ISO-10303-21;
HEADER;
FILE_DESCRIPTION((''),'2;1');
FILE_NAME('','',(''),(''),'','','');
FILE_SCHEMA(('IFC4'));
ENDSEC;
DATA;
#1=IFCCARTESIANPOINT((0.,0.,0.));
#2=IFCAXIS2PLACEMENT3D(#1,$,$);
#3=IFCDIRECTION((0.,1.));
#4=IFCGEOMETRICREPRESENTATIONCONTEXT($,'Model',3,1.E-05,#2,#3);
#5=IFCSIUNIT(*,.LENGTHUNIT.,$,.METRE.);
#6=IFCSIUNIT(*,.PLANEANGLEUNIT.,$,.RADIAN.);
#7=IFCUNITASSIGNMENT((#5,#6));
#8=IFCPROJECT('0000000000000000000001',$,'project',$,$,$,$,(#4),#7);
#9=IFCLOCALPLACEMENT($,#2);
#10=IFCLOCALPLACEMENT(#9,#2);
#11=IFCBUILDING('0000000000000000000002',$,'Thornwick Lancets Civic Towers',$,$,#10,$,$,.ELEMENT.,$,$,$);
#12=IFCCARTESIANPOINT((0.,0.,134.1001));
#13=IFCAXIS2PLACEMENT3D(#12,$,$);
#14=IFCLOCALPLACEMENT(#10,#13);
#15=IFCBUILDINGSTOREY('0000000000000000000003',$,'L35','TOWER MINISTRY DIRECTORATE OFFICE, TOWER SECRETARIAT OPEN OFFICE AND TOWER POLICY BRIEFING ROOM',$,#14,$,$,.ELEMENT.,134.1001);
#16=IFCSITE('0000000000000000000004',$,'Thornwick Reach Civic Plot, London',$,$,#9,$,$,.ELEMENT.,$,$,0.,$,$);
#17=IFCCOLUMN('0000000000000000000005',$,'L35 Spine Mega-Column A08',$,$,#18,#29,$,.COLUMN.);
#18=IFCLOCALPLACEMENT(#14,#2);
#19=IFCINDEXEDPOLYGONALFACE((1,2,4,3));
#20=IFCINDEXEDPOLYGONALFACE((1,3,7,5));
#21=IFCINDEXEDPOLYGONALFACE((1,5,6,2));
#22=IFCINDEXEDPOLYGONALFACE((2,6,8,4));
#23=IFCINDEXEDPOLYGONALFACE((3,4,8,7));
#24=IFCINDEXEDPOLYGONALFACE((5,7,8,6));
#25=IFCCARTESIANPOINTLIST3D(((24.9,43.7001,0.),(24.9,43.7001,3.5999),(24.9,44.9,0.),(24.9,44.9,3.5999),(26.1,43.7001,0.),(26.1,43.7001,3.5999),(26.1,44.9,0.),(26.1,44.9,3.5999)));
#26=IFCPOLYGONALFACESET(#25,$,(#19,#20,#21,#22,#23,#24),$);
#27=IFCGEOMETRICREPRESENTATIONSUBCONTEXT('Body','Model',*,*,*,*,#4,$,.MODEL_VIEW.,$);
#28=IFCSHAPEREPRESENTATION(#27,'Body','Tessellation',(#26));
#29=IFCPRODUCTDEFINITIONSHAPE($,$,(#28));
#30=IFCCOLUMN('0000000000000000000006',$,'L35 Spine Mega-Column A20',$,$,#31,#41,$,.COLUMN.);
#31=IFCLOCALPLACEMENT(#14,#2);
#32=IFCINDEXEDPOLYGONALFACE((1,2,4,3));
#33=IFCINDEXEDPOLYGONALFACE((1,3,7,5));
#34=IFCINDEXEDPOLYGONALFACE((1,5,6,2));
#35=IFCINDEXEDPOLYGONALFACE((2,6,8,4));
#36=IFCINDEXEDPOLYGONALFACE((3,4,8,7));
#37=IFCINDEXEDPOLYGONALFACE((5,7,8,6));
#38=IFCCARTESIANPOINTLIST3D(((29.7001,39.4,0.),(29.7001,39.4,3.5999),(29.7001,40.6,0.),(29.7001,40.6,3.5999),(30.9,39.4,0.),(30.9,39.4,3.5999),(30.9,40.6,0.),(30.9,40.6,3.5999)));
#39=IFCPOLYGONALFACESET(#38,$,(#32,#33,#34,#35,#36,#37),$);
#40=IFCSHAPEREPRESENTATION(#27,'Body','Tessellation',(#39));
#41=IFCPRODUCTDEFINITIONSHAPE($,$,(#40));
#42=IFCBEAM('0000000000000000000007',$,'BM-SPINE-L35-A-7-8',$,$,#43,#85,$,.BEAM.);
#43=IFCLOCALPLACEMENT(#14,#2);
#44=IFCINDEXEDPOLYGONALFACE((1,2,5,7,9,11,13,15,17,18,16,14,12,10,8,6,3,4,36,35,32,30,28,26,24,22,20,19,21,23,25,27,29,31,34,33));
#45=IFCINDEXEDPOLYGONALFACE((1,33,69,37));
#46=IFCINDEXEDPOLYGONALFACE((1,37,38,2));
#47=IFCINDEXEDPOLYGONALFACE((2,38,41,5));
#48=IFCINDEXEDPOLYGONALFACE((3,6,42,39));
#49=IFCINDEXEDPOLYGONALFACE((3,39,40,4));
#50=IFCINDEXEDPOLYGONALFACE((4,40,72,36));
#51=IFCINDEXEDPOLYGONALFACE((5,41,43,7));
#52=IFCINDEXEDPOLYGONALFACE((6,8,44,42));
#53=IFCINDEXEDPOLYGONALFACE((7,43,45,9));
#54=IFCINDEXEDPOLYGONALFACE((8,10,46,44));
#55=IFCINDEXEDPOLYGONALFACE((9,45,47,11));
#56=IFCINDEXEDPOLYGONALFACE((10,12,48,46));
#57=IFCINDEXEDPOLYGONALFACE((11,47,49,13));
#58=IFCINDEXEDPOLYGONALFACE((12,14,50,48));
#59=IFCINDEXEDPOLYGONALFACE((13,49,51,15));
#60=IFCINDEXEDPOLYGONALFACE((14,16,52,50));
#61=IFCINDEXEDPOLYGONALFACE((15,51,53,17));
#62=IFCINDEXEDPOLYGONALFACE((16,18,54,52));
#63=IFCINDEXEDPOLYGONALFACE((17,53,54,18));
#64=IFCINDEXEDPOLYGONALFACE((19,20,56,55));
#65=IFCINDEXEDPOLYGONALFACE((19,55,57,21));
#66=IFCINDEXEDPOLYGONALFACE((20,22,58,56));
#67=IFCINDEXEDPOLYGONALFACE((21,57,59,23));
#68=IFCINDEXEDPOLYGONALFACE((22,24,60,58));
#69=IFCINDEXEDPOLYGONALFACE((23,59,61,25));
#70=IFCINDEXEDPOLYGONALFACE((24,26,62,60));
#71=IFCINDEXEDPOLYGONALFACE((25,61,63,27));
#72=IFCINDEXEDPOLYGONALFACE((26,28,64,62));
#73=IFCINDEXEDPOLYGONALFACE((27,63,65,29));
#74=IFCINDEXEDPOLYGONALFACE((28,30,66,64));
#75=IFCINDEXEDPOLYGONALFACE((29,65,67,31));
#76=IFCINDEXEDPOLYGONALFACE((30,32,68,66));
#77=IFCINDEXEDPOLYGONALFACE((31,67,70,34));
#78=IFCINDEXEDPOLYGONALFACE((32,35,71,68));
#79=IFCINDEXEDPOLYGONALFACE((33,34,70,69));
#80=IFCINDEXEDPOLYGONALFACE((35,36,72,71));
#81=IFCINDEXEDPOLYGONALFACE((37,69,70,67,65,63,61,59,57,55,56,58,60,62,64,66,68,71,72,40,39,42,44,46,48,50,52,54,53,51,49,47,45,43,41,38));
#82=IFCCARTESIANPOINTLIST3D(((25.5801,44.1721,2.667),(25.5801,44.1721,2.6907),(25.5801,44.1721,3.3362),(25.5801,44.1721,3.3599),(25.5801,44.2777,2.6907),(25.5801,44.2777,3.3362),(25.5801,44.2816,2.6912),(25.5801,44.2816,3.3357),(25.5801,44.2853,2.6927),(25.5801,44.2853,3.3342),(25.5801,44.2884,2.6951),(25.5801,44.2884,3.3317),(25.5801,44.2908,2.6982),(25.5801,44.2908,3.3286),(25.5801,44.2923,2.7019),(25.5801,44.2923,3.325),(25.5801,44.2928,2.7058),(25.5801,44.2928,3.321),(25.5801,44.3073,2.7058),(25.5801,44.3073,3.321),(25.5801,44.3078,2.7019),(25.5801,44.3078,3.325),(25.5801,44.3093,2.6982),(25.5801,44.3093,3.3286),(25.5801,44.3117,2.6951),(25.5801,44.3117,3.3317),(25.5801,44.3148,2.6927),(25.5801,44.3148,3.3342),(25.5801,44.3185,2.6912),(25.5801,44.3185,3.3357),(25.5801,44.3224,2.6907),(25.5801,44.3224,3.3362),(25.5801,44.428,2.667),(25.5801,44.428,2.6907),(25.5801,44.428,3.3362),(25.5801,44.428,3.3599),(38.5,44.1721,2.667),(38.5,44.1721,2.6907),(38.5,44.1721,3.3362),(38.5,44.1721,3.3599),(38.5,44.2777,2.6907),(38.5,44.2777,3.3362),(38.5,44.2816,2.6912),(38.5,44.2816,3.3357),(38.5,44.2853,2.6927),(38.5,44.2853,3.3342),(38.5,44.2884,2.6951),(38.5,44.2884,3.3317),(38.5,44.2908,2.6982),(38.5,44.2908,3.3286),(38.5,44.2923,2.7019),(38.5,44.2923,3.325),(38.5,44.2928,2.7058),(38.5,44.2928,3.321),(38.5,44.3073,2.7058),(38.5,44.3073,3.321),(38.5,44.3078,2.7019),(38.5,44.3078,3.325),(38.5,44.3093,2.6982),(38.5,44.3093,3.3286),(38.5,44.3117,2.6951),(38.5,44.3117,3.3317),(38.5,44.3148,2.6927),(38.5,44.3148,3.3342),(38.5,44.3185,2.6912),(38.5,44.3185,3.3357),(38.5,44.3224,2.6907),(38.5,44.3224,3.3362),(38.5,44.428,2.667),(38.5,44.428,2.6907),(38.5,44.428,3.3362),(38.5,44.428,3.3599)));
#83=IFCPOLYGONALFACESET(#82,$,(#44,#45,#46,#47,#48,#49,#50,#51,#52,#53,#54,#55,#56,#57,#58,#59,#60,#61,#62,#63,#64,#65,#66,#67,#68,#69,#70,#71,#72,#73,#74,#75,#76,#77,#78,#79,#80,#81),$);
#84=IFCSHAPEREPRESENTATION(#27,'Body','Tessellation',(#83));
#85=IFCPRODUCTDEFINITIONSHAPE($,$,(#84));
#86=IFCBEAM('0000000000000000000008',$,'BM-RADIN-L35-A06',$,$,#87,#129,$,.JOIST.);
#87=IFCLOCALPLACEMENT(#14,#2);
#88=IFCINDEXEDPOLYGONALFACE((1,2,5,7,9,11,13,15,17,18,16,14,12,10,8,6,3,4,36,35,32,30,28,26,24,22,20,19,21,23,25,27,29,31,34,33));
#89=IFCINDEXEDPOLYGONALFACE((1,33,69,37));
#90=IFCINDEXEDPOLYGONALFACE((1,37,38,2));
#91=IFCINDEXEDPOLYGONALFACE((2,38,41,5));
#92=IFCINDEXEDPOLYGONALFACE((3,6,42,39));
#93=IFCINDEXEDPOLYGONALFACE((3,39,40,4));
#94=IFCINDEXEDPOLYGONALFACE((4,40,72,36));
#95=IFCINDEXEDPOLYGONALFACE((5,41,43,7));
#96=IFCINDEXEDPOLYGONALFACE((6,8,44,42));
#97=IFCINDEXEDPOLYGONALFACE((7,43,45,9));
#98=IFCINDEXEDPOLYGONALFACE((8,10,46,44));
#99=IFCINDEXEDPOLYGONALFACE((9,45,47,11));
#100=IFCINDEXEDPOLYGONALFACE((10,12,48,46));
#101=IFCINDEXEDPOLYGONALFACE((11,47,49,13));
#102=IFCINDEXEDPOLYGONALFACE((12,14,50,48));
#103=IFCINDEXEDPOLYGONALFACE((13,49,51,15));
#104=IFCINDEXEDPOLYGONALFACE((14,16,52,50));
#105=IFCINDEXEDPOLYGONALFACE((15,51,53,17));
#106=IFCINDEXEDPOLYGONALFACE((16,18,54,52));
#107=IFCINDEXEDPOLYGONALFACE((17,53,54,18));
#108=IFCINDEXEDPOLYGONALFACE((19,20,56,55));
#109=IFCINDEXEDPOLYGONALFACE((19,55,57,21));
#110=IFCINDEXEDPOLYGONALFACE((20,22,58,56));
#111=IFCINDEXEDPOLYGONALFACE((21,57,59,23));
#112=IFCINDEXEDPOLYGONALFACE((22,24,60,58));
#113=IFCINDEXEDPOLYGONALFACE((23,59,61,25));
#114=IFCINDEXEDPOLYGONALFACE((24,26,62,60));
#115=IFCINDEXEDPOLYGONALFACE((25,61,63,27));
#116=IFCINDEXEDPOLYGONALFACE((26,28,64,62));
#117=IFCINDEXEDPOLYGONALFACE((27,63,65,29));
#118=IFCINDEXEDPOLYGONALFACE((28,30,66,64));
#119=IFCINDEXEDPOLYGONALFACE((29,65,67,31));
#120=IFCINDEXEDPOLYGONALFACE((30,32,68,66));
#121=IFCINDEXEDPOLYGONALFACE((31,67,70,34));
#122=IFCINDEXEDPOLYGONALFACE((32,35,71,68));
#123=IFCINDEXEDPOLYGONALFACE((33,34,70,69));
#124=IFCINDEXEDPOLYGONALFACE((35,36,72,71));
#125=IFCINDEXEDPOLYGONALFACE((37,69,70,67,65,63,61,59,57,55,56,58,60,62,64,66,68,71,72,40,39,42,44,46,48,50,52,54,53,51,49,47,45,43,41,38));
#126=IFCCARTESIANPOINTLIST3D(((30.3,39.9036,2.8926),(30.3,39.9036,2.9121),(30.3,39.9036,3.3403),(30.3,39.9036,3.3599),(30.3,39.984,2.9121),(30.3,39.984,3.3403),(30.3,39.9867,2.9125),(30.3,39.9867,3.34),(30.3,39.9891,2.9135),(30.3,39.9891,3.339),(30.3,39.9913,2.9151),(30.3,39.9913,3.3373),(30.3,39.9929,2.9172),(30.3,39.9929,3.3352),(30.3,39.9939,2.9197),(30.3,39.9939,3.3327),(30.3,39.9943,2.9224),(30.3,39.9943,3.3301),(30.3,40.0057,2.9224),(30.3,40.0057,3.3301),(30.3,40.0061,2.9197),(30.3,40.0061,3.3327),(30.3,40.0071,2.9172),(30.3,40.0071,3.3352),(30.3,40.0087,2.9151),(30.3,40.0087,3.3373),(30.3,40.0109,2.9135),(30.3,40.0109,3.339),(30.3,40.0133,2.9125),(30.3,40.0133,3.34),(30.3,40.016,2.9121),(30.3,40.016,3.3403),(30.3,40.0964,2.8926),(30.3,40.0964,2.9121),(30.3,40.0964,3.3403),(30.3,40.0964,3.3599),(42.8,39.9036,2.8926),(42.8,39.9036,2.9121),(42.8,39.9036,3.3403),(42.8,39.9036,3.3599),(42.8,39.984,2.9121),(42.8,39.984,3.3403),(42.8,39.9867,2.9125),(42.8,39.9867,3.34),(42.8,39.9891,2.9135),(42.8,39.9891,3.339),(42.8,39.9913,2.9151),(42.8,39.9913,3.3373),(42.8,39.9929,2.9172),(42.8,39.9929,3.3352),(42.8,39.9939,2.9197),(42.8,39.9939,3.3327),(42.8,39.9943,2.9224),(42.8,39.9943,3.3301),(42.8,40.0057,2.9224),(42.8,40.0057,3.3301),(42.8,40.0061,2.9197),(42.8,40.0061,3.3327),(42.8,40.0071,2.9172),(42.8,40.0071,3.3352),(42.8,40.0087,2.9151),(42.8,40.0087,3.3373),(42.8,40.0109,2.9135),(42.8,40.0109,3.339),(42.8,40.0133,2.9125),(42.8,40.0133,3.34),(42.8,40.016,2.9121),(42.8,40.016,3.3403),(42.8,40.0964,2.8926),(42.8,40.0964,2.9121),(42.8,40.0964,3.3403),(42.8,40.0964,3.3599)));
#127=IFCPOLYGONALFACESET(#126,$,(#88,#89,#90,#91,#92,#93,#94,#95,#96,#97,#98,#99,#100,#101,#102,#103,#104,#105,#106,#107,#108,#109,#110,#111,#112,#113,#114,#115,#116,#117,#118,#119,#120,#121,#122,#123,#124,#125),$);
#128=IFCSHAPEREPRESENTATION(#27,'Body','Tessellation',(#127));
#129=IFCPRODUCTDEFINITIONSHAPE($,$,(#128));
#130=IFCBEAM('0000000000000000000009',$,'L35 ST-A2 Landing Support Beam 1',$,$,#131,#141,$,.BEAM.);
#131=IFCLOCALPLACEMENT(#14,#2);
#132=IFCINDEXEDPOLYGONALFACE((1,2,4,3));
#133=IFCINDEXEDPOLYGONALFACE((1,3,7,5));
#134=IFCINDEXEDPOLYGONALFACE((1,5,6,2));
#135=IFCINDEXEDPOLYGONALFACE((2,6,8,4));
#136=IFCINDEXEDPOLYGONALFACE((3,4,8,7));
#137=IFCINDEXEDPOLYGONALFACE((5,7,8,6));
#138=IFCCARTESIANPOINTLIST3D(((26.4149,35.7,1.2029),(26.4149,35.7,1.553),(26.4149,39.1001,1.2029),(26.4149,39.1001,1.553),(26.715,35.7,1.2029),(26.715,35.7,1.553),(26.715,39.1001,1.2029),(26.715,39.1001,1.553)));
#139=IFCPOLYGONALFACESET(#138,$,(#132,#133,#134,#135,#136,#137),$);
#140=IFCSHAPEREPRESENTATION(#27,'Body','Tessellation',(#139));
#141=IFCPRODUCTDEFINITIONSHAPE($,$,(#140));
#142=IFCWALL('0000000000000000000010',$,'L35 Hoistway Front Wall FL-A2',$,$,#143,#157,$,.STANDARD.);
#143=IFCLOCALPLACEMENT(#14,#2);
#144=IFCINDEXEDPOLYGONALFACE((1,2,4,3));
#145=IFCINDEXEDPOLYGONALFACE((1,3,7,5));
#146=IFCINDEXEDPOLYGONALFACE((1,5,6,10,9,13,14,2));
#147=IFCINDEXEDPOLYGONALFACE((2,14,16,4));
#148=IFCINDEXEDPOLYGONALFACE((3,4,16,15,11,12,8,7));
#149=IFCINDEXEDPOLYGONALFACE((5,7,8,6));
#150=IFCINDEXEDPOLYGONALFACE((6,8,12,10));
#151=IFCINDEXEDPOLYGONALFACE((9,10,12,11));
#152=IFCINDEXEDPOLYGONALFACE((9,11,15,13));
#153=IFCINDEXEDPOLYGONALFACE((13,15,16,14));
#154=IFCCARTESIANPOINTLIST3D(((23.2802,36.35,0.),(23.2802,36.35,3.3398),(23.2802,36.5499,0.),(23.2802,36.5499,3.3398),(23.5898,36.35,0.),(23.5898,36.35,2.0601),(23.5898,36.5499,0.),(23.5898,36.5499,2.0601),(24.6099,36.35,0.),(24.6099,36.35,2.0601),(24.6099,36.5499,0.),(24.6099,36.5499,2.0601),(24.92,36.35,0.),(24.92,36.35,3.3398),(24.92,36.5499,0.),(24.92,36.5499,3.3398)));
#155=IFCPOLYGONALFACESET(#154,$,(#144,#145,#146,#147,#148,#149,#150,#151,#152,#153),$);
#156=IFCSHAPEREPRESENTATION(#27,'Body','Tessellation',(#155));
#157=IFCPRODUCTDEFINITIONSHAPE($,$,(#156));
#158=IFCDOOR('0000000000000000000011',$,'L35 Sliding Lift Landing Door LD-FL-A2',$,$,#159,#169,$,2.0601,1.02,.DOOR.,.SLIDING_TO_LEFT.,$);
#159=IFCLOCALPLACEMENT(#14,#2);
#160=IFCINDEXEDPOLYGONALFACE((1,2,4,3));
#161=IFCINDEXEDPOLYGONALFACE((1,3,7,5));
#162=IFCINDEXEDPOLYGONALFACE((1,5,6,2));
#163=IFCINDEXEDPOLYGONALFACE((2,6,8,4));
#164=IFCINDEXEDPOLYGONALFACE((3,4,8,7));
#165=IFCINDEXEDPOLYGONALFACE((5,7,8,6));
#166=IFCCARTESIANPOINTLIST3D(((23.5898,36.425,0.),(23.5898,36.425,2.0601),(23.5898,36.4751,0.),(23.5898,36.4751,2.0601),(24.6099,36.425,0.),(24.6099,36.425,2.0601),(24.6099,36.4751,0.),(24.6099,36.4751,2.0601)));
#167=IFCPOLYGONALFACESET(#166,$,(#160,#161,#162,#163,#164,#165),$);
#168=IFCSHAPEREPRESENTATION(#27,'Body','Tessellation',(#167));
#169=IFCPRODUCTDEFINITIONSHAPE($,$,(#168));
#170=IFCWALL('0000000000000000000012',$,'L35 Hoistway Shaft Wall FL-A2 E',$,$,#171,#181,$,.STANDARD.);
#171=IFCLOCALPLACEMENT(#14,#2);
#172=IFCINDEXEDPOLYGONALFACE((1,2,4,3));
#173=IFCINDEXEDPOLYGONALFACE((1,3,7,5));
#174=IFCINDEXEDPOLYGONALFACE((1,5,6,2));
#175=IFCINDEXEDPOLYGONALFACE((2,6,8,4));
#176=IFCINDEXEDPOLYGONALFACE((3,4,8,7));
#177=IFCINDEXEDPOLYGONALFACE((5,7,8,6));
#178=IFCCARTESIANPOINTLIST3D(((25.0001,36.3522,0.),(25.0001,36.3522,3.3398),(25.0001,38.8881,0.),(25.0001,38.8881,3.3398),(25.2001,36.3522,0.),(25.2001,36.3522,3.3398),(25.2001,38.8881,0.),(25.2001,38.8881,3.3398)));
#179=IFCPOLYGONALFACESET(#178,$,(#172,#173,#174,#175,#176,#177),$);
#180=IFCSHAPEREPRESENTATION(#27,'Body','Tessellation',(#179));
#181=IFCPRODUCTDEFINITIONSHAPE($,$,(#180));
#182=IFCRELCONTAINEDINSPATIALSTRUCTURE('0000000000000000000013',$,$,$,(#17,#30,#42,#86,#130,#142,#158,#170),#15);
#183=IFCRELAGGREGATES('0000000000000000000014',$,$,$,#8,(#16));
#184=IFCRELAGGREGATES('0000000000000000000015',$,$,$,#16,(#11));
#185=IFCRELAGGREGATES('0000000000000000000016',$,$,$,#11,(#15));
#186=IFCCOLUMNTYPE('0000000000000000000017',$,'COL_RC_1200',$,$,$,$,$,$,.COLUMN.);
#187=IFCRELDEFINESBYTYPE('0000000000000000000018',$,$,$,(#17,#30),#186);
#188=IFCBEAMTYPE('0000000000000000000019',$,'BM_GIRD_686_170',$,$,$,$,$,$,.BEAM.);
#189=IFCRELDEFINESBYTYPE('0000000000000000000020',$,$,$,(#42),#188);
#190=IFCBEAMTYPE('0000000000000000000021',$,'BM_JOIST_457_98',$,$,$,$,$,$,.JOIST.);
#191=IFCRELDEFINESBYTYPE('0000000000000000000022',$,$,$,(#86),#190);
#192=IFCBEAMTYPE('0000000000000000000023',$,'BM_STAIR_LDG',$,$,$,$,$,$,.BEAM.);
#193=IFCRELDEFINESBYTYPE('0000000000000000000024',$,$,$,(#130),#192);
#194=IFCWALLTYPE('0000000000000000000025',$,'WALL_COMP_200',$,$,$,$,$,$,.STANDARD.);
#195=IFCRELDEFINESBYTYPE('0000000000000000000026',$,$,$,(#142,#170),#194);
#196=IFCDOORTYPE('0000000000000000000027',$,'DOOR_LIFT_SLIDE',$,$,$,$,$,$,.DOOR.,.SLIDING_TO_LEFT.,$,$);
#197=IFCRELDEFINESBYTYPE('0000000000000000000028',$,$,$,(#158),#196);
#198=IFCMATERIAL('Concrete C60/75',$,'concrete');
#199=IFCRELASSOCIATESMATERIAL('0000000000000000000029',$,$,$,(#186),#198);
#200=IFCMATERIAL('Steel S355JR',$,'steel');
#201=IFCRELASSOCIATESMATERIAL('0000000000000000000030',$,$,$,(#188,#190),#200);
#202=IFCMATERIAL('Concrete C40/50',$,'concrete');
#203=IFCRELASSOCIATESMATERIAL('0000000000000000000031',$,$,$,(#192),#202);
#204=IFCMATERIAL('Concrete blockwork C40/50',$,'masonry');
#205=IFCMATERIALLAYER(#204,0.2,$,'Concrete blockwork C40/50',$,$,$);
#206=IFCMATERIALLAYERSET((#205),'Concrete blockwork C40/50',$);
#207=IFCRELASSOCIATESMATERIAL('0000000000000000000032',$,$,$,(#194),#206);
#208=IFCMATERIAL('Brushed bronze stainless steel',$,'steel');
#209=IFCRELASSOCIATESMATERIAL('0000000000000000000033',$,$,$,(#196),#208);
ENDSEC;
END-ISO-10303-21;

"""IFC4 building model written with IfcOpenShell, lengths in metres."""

from ifc_helpers import new_model, si_unit, direction, frame, frame_2d, origin, origin_2d, place, context, subcontext, project, spatial, rectangle, i_section, extrude, material, layer, layer_set, material_profile, profile_set, type_object, element, fill, save


model = new_model("IFC4")

# Units and contexts
model_context = context("Model", 3, precision=1e-05, world=origin(), true_north=direction((0.0, 1.0)))
body_context = subcontext(model_context, "Body", "Model", "MODEL_VIEW")
ifc_project = project(units=[si_unit("LENGTHUNIT", "METRE"), si_unit("PLANEANGLEUNIT", "RADIAN")], contexts=[model_context])

# Site, building, storey
site_placement = place(None, origin())
site = spatial("IfcSite", under=ifc_project, at=site_placement, Name="Thornwick Reach Civic Plot, London", CompositionType="ELEMENT", RefElevation=0.0)
building_placement = place(site_placement, origin())
building = spatial("IfcBuilding", under=site, at=building_placement, Name="Thornwick Lancets Civic Towers", CompositionType="ELEMENT")
storey_placement = place(building_placement, frame((0.0, 0.0, 134.1001)))
storey = spatial("IfcBuildingStorey", under=building, at=storey_placement, Name="L35", Description="TOWER MINISTRY DIRECTORATE OFFICE, TOWER SECRETARIAT OPEN OFFICE AND TOWER POLICY BRIEFING ROOM", CompositionType="ELEMENT", Elevation=134.1001)

# Columns
ifc_material_1 = material(Name="Concrete C60/75", Category="concrete")
ifc_material_profile_1 = material_profile(ifc_material_1, rectangle(XDim=1.2, YDim=1.2, at=origin_2d()), Name="RC 1200x1200")
ifc_profile_set_1 = profile_set([ifc_material_profile_1], Name="Concrete C60/75")
column_type = type_object("IfcColumnType", Name="COL_RC_1200", PredefinedType="COLUMN", material=ifc_profile_set_1)
for number, where, z_axis, x_axis, name in (
    (1, (25.5, 44.3, 0.0), (0.0, 0.0, 1.0), (1.0, 0.0, 0.0), "L35 Spine Mega-Column A08"),
    (2, (30.3, 40.0, 0.0), (0.0, 0.0, 1.0), (1.0, 0.0, 0.0), "L35 Spine Mega-Column A20"),
):
    element("IfcColumn", number, at=place(storey_placement, frame(where, z_axis=z_axis, x_axis=x_axis)), inside=storey, type_object=column_type, Name=name, PredefinedType="COLUMN", context=body_context, shape_type="SweptSolid", body=[
        extrude(rectangle(XDim=1.2, YDim=1.2, at=origin_2d()), origin(), (0.0, 0.0, 1.0), 3.5999),
    ])

# Beams
ifc_material_2 = material(Name="Steel S355JR", Category="steel")
ifc_material_profile_2 = material_profile(ifc_material_2, i_section(OverallWidth=0.2559, OverallDepth=0.6929, WebThickness=0.0144, FlangeThickness=0.0237, FilletRadius=0.0151, at=origin_2d()), Name="UKB 686x254x170")
ifc_profile_set_2 = profile_set([ifc_material_profile_2], Name="Steel S355JR")
beam_type_1 = type_object("IfcBeamType", Name="BM_GIRD_686_170", PredefinedType="BEAM", material=ifc_profile_set_2)
beam_1_placement = place(storey_placement, frame((25.5801, 44.3, 3.0134), z_axis=(1.0, 0.0, 0.0), x_axis=(0.0, 1.0, 0.0)))
element("IfcBeam", 3, at=beam_1_placement, inside=storey, type_object=beam_type_1, Name="BM-SPINE-L35-A-7-8", PredefinedType="BEAM", context=body_context, shape_type="SweptSolid", body=[
    extrude(i_section(OverallWidth=0.2559, OverallDepth=0.6929, WebThickness=0.0144, FlangeThickness=0.0237, FilletRadius=0.0151, at=origin_2d()), origin(), (0.0, 0.0, 1.0), 12.9199),
])
ifc_material_profile_3 = material_profile(ifc_material_2, i_section(OverallWidth=0.1929, OverallDepth=0.4673, WebThickness=0.0115, FlangeThickness=0.0195, FilletRadius=0.0103, at=origin_2d()), Name="UKB 457x191x98")
ifc_profile_set_3 = profile_set([ifc_material_profile_3], Name="Steel S355JR")
beam_type_2 = type_object("IfcBeamType", Name="BM_JOIST_457_98", PredefinedType="JOIST", material=ifc_profile_set_3)
beam_2_placement = place(storey_placement, frame((30.3, 40.0, 3.1262), z_axis=(1.0, 0.0, 0.0), x_axis=(0.0, 1.0, 0.0)))
element("IfcBeam", 4, at=beam_2_placement, inside=storey, type_object=beam_type_2, Name="BM-RADIN-L35-A06", PredefinedType="JOIST", context=body_context, shape_type="SweptSolid", body=[
    extrude(i_section(OverallWidth=0.1929, OverallDepth=0.4673, WebThickness=0.0115, FlangeThickness=0.0195, FilletRadius=0.0103, at=origin_2d()), origin(), (0.0, 0.0, 1.0), 12.5),
])
ifc_material_3 = material(Name="Concrete C40/50", Category="concrete")
ifc_material_profile_4 = material_profile(ifc_material_3, rectangle(XDim=0.3, YDim=0.3501, at=origin_2d()), Name="RC 300x350")
ifc_profile_set_4 = profile_set([ifc_material_profile_4], Name="Concrete C40/50")
beam_type_3 = type_object("IfcBeamType", Name="BM_STAIR_LDG", PredefinedType="BEAM", material=ifc_profile_set_4)
beam_3_placement = place(storey_placement, frame((26.5649, 39.1001, 1.3779), z_axis=(0.0, -1.0, 0.0), x_axis=(1.0, 0.0, 0.0)))
element("IfcBeam", 5, at=beam_3_placement, inside=storey, type_object=beam_type_3, Name="L35 ST-A2 Landing Support Beam 1", PredefinedType="BEAM", context=body_context, shape_type="SweptSolid", body=[
    extrude(rectangle(XDim=0.3, YDim=0.3501, at=origin_2d()), origin(), (0.0, 0.0, 1.0), 3.4001),
])

# Wall, opening, door
ifc_material_4 = material(Name="Concrete blockwork C40/50", Category="masonry")
ifc_layer_1 = layer(ifc_material_4, 0.2, Name="Concrete blockwork C40/50")
ifc_layer_set_1 = layer_set([ifc_layer_1], Name="Concrete blockwork C40/50")
wall_type_1 = type_object("IfcWallType", Name="WALL_COMP_200", PredefinedType="STANDARD", material=ifc_layer_set_1)
wall_1_placement = place(storey_placement, frame((24.9199, 36.45, 0.0), z_axis=(0.0, 0.0, 1.0), x_axis=(-1.0, 0.0, 0.0)))
wall_1 = element("IfcWall", 6, at=wall_1_placement, inside=storey, type_object=wall_type_1, Name="L35 Hoistway Front Wall FL-A2", PredefinedType="STANDARD", context=body_context, shape_type="SweptSolid", body=[
    extrude(rectangle(XDim=1.6399, YDim=0.2, at=frame_2d((0.8198, 0.0))), origin(), (0.0, 0.0, 1.0), 3.3398),
])
opening_placement = place(wall_1_placement, frame((0.3101, 0.0, 0.0)))
opening = element("IfcOpeningElement", 7, at=opening_placement, cuts=wall_1, PredefinedType="OPENING", context=body_context, shape_type="SweptSolid", body=[
    extrude(rectangle(XDim=1.02, YDim=2.0601, at=frame_2d((0.51, 1.03))), frame((0.0, 0.1099, 0.0), z_axis=(0.0, -1.0, 0.0), x_axis=(1.0, 0.0, 0.0)), (0.0, 0.0, 1.0), 0.22),
])
ifc_material_5 = material(Name="Brushed bronze stainless steel", Category="steel")
door_type = type_object("IfcDoorType", Name="DOOR_LIFT_SLIDE", OperationType="SLIDING_TO_LEFT", PredefinedType="DOOR", material=ifc_material_5)
door_placement = place(opening_placement, origin())
door = element("IfcDoor", 8, at=door_placement, inside=storey, type_object=door_type, Name="L35 Sliding Lift Landing Door LD-FL-A2", OperationType="SLIDING_TO_LEFT", OverallHeight=2.0601, OverallWidth=1.02, PredefinedType="DOOR", context=body_context, shape_type="SweptSolid", body=[
    extrude(rectangle(XDim=1.02, YDim=2.0601, at=frame_2d((0.51, 1.03))), frame((0.0, 0.0249, 0.0), z_axis=(0.0, -1.0, 0.0), x_axis=(1.0, 0.0, 0.0)), (0.0, 0.0, 1.0), 0.05),
])
fill(opening, door)

# Wall
wall_2_placement = place(storey_placement, frame((25.1001, 36.3521, 0.0), z_axis=(0.0, 0.0, 1.0), x_axis=(0.0, 1.0, 0.0)))
element("IfcWall", 9, at=wall_2_placement, inside=storey, type_object=wall_type_1, Name="L35 Hoistway Shaft Wall FL-A2 E", PredefinedType="STANDARD", context=body_context, shape_type="SweptSolid", body=[
    extrude(rectangle(XDim=2.5359, YDim=0.2, at=frame_2d((1.2681, 0.0))), origin(), (0.0, 0.0, 1.0), 3.3398),
])

save(model, "model.ifc")
